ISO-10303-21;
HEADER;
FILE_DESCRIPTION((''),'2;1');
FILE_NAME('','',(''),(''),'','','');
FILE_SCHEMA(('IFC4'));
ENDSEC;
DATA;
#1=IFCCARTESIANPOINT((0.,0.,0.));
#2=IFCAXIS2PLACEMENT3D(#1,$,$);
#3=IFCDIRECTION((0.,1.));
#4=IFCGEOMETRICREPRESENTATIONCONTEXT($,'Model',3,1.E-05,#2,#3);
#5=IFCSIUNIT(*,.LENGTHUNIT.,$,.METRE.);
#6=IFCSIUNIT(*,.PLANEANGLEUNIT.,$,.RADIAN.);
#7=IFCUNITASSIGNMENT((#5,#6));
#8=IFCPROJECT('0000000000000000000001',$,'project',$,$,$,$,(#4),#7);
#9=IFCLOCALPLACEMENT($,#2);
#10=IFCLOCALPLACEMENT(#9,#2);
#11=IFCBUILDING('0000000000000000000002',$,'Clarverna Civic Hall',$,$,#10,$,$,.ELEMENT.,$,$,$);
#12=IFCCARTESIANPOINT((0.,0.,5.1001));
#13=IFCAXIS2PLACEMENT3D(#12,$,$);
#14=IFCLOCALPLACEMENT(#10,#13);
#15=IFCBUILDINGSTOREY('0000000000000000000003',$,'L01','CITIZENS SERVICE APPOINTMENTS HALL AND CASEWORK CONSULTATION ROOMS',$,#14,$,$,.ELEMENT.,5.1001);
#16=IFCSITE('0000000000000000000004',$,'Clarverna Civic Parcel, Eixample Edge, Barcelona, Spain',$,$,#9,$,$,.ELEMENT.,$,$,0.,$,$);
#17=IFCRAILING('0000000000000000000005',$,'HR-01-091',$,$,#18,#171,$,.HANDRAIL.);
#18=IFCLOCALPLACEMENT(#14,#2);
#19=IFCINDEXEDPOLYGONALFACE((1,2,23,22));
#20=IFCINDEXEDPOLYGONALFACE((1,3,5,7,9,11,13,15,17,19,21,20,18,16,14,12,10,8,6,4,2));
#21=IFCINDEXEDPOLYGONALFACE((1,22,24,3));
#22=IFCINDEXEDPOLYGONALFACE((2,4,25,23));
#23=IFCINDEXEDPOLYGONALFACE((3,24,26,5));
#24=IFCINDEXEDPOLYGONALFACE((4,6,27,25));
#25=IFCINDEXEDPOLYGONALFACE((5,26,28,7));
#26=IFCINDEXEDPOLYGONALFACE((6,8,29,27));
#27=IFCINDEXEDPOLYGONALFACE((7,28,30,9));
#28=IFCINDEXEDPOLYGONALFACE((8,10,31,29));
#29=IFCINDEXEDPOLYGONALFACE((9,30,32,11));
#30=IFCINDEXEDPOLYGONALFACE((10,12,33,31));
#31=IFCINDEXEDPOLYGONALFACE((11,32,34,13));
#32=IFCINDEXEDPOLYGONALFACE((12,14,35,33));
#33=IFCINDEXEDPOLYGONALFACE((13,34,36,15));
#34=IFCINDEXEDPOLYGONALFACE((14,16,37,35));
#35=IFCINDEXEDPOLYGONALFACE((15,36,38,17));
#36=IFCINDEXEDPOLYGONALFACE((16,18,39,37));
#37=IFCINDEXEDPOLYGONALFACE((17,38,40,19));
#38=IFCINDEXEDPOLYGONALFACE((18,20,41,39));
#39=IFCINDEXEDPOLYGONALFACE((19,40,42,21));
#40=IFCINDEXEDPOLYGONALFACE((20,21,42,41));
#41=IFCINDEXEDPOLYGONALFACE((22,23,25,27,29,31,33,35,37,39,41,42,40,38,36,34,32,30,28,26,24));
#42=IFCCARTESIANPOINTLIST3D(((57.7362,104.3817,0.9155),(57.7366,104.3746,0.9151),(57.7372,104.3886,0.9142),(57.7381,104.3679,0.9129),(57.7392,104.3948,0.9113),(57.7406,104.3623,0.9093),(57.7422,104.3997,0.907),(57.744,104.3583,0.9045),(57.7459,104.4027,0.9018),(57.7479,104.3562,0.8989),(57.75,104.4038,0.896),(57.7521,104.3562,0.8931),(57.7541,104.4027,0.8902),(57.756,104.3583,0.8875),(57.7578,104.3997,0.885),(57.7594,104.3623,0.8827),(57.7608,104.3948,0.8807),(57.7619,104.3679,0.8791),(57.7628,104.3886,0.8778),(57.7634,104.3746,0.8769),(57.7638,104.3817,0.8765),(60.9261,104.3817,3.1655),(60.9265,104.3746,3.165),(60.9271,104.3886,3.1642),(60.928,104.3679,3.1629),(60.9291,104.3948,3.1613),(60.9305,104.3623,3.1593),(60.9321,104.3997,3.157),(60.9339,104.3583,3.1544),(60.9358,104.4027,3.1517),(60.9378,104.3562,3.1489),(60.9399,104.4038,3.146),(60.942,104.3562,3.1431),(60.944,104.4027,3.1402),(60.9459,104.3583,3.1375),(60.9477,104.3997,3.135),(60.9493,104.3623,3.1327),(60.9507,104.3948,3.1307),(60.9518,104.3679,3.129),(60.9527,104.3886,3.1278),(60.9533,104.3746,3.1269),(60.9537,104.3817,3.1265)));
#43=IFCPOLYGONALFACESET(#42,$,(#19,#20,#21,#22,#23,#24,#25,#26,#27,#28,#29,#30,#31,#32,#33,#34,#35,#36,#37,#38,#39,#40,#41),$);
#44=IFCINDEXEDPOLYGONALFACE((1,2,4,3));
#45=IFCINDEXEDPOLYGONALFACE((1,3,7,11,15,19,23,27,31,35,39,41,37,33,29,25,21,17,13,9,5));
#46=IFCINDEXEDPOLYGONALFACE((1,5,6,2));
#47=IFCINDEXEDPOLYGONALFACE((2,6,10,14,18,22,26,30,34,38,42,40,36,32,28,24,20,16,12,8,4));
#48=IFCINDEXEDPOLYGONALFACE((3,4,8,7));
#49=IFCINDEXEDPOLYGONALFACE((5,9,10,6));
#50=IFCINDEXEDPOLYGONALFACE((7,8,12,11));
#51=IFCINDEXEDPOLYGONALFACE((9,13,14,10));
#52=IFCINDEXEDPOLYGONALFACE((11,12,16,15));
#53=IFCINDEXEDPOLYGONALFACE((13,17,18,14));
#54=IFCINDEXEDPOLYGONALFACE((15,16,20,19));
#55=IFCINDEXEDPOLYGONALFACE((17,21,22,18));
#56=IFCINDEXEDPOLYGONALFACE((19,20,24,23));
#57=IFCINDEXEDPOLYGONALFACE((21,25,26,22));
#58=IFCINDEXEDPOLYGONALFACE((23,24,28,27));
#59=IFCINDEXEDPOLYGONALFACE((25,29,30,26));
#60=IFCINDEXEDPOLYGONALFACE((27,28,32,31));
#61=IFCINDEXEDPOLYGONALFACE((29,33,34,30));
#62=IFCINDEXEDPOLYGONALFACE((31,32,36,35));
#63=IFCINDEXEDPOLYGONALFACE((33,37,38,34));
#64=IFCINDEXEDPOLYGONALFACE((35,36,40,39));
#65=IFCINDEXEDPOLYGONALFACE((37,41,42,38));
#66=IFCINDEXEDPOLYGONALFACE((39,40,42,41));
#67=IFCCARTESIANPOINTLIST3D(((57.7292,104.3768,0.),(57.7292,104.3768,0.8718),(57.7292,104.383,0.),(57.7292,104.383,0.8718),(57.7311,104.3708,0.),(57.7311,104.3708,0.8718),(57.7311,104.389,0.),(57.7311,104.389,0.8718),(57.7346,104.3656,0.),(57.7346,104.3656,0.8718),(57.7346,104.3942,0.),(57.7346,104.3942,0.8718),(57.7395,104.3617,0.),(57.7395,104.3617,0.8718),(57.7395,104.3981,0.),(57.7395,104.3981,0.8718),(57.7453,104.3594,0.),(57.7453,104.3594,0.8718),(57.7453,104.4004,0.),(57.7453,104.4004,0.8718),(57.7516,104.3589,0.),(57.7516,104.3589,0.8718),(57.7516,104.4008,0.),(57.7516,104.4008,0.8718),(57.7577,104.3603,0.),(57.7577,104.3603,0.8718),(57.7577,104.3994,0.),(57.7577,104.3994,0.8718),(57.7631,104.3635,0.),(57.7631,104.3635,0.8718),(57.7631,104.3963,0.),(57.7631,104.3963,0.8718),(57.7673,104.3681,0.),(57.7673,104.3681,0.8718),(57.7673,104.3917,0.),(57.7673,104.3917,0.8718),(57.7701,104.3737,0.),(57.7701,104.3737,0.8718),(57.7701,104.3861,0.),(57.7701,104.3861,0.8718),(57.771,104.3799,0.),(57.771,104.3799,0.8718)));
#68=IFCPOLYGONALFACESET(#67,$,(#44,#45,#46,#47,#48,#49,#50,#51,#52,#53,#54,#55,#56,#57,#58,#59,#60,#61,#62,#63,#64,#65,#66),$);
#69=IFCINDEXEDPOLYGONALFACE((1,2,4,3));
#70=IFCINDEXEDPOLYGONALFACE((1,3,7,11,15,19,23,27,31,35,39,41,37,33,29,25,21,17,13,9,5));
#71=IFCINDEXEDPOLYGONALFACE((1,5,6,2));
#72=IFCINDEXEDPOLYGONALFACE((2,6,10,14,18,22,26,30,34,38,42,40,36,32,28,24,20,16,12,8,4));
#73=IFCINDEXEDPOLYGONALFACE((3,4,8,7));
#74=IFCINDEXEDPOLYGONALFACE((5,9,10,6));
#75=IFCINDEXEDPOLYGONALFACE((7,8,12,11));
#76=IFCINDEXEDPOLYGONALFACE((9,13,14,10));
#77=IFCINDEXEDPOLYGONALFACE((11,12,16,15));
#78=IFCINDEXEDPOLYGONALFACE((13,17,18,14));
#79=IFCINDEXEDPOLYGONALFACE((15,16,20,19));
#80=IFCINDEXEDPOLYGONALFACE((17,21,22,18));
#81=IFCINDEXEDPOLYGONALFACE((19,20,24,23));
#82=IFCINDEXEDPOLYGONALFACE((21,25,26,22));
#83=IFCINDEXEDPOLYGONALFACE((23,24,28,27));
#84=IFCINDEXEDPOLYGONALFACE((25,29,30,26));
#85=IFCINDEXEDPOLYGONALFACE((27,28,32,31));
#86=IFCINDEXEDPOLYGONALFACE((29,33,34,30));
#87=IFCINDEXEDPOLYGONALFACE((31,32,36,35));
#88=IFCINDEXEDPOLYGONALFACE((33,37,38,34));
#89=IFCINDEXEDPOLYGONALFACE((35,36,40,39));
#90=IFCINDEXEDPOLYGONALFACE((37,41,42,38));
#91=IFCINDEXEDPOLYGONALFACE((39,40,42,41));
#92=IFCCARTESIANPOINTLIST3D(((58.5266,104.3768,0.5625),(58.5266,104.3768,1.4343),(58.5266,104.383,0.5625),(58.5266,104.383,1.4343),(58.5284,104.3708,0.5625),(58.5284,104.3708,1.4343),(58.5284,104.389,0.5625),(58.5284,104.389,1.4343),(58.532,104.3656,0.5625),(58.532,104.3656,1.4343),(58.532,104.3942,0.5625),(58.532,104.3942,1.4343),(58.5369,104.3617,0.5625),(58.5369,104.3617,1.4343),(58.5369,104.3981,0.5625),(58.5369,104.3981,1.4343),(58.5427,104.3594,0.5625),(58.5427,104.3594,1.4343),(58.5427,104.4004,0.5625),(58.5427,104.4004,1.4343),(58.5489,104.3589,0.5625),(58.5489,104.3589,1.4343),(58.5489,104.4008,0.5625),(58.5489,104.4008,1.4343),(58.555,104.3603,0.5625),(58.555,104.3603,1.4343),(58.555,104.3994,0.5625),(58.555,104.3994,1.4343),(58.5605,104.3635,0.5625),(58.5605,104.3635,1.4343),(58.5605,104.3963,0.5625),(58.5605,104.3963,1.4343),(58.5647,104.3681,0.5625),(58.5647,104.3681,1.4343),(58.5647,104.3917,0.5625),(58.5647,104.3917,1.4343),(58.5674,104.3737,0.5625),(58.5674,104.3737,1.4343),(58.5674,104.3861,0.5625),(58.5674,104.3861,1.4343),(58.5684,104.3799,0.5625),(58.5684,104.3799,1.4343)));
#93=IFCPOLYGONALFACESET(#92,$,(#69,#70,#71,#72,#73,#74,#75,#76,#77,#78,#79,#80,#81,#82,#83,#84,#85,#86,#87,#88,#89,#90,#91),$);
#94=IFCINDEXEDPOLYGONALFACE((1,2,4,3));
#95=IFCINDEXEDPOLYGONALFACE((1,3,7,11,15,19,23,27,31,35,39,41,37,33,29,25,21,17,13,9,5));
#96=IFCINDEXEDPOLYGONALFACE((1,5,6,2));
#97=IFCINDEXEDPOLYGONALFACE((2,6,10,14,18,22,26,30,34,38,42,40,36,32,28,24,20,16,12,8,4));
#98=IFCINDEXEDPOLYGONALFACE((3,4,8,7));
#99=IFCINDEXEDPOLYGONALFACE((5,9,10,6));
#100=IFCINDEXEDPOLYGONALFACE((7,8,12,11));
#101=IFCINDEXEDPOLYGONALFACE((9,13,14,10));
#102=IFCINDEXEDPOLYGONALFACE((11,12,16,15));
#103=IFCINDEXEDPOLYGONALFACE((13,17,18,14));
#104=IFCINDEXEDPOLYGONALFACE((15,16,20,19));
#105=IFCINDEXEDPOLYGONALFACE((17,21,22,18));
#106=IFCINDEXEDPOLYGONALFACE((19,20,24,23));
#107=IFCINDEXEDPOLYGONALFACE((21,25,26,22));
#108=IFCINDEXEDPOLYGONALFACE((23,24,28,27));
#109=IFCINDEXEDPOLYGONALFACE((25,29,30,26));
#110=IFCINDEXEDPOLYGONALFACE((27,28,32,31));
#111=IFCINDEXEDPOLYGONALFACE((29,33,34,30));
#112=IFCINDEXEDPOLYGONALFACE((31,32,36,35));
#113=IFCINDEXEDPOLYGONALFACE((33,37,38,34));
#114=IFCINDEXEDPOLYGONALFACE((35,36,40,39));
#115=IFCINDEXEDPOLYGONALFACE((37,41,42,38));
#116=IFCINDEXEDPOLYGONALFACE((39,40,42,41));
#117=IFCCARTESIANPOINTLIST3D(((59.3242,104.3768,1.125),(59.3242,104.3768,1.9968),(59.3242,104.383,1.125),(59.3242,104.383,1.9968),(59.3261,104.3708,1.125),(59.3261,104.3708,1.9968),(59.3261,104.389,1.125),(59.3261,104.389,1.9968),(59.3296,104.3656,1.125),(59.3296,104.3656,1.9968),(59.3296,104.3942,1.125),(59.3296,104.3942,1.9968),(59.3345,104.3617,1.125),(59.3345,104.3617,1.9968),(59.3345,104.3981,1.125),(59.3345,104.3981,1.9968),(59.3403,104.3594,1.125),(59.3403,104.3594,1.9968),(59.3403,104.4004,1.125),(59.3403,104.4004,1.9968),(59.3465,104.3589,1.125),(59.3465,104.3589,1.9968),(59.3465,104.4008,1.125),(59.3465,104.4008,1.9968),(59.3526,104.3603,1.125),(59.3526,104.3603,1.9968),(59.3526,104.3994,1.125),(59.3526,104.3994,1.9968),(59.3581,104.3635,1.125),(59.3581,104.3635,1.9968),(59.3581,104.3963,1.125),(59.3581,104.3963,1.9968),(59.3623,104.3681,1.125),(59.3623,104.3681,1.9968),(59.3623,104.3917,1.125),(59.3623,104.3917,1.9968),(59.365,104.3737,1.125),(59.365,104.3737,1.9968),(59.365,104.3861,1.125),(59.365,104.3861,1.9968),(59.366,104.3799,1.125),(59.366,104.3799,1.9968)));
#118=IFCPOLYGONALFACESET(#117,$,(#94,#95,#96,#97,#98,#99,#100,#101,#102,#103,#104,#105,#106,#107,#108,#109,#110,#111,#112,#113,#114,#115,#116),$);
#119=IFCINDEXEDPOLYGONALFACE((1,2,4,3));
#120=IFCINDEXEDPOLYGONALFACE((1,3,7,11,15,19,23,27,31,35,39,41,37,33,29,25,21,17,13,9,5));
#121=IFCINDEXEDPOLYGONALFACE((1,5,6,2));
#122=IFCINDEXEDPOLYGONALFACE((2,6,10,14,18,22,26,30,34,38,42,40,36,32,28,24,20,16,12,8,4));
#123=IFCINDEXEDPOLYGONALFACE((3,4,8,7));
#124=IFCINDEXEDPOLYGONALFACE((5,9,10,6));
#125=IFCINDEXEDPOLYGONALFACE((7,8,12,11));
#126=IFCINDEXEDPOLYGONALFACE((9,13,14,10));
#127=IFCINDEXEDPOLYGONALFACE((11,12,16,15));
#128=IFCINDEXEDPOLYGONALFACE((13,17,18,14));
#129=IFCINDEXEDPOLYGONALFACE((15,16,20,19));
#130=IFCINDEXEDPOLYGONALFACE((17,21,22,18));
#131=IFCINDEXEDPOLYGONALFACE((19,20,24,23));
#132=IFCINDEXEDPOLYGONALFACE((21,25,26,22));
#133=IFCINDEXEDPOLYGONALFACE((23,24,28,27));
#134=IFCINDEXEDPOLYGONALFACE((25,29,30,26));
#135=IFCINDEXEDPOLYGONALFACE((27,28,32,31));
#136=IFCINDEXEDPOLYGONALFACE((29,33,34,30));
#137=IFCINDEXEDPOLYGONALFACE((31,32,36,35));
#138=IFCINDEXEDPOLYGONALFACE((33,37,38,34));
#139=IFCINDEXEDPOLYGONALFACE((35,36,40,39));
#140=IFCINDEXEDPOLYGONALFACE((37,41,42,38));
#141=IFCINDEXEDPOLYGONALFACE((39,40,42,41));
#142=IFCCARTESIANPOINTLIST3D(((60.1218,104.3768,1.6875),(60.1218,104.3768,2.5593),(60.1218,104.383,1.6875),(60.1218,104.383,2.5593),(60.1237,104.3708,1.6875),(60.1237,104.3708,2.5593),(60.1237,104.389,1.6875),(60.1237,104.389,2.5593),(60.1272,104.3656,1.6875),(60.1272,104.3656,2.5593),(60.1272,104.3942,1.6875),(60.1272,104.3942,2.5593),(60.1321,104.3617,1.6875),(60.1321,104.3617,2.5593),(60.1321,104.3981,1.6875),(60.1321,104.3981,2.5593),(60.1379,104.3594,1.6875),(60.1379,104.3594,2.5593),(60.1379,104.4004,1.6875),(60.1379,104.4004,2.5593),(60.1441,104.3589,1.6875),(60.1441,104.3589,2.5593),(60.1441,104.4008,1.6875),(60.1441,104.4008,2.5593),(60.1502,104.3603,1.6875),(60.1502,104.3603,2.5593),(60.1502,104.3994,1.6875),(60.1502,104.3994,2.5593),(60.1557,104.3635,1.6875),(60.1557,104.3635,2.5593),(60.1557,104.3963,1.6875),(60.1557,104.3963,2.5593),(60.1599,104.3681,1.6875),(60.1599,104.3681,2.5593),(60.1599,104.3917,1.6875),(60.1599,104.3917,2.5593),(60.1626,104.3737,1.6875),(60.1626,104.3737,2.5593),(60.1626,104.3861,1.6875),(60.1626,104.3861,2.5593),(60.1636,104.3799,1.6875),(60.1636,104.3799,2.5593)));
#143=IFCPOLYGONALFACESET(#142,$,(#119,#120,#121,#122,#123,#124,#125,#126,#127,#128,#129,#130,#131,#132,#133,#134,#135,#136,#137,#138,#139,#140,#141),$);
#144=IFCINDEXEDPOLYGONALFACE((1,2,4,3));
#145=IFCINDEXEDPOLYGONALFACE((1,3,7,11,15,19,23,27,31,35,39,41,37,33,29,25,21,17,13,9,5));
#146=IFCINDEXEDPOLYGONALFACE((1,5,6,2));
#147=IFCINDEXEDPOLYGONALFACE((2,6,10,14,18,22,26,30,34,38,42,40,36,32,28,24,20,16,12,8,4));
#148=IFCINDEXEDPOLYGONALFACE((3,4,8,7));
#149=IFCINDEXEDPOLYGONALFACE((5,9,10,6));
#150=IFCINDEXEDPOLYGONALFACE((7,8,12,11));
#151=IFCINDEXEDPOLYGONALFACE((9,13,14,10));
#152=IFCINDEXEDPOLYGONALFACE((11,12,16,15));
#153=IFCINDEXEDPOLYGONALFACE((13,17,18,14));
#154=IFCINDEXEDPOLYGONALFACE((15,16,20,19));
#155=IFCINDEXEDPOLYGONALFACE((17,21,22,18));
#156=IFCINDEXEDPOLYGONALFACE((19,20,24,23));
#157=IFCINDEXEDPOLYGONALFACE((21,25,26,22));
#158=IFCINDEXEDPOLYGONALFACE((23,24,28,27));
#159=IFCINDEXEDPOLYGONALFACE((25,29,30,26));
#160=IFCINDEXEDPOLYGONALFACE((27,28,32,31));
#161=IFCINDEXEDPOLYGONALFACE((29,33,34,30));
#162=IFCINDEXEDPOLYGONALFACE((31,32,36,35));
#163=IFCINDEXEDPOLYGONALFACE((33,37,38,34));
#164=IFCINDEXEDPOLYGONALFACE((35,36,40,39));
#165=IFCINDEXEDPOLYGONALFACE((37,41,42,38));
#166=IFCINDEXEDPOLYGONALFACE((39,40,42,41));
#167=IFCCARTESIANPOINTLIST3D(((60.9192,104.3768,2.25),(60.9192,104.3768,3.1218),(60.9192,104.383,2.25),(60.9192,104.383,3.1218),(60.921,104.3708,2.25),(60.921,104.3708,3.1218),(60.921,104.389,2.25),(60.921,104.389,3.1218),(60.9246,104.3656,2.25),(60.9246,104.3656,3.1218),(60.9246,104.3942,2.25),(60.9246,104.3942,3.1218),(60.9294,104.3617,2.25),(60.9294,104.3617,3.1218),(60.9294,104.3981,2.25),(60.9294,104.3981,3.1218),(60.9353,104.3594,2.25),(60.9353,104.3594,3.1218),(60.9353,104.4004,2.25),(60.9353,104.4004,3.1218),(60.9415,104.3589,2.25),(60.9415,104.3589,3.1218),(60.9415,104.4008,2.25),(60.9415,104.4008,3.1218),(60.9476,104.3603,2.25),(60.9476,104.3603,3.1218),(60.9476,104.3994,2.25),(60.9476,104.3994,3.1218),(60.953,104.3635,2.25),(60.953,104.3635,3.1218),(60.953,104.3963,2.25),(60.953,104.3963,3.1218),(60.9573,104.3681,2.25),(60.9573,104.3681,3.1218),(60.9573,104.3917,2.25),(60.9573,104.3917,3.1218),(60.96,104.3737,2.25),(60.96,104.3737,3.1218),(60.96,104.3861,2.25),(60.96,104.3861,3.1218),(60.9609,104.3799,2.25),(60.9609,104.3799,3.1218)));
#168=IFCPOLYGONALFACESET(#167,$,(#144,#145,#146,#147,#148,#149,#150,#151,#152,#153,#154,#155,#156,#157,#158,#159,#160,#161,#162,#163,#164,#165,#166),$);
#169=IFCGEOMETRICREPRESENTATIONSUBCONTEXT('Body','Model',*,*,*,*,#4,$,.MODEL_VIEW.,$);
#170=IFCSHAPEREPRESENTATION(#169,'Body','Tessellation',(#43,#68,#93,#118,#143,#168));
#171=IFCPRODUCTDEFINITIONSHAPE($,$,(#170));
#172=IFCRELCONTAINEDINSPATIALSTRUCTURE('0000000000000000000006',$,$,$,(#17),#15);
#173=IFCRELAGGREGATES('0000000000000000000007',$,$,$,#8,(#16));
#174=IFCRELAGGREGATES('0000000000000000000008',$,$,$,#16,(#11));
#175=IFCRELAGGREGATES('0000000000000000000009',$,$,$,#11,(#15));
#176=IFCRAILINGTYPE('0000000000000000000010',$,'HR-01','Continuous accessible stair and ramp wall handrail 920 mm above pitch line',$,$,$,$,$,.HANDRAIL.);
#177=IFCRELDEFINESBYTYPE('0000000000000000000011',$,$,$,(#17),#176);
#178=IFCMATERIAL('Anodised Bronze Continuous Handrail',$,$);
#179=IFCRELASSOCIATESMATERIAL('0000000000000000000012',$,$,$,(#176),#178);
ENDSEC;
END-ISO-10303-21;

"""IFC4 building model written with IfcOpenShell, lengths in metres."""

from ifc_helpers import new_model, si_unit, direction, frame, origin, origin_2d, place, context, subcontext, project, spatial, circle, extrude, material, type_object, element, save


model = new_model("IFC4")

# Units and contexts
model_context = context("Model", 3, precision=1e-05, world=origin(), true_north=direction((0.0, 1.0)))
body_context = subcontext(model_context, "Body", "Model", "MODEL_VIEW")
ifc_project = project(units=[si_unit("LENGTHUNIT", "METRE"), si_unit("PLANEANGLEUNIT", "RADIAN")], contexts=[model_context])

# Site, building, storey
site_placement = place(None, origin())
site = spatial("IfcSite", under=ifc_project, at=site_placement, Name="Clarverna Civic Parcel, Eixample Edge, Barcelona, Spain", CompositionType="ELEMENT", RefElevation=0.0)
building_placement = place(site_placement, origin())
building = spatial("IfcBuilding", under=site, at=building_placement, Name="Clarverna Civic Hall", CompositionType="ELEMENT")
storey_placement = place(building_placement, frame((0.0, 0.0, 5.1001)))
storey = spatial("IfcBuildingStorey", under=building, at=storey_placement, Name="L01", Description="CITIZENS SERVICE APPOINTMENTS HALL AND CASEWORK CONSULTATION ROOMS", CompositionType="ELEMENT", Elevation=5.1001)

# Railing
ifc_material_1 = material(Name="Anodised Bronze Continuous Handrail")
railing_type_1 = type_object("IfcRailingType", Name="HR-01", Description="Continuous accessible stair and ramp wall handrail 920 mm above pitch line", PredefinedType="HANDRAIL", material=ifc_material_1)
railing_1_placement = place(storey_placement, frame((57.75, 104.3799, 0.0)))
element("IfcRailing", 1, at=railing_1_placement, inside=storey, type_object=railing_type_1, Name="HR-01-091", PredefinedType="HANDRAIL", context=body_context, shape_type="SweptSolid", body=[
    extrude(circle(Radius=0.0239, at=origin_2d()), frame((0.0, 0.0, 0.896), z_axis=(0.817176, 0.0, 0.576389), x_axis=(0.0, 1.0, 0.0)), (0.0, 0.0, 1.0), 3.9036),
    extrude(circle(Radius=0.021, at=origin_2d()), origin(), (0.0, 0.0, 1.0), 0.8718),
    extrude(circle(Radius=0.021, at=origin_2d()), frame((0.7974, 0.0, 0.5625)), (0.0, 0.0, 1.0), 0.8718),
    extrude(circle(Radius=0.021, at=origin_2d()), frame((1.595, 0.0, 1.125)), (0.0, 0.0, 1.0), 0.8718),
    extrude(circle(Radius=0.021, at=origin_2d()), frame((2.3926, 0.0, 1.6875)), (0.0, 0.0, 1.0), 0.8718),
    extrude(circle(Radius=0.021, at=origin_2d()), frame((3.1899, 0.0, 2.25)), (0.0, 0.0, 1.0), 0.8718),
])

save(model, "model.ifc")
